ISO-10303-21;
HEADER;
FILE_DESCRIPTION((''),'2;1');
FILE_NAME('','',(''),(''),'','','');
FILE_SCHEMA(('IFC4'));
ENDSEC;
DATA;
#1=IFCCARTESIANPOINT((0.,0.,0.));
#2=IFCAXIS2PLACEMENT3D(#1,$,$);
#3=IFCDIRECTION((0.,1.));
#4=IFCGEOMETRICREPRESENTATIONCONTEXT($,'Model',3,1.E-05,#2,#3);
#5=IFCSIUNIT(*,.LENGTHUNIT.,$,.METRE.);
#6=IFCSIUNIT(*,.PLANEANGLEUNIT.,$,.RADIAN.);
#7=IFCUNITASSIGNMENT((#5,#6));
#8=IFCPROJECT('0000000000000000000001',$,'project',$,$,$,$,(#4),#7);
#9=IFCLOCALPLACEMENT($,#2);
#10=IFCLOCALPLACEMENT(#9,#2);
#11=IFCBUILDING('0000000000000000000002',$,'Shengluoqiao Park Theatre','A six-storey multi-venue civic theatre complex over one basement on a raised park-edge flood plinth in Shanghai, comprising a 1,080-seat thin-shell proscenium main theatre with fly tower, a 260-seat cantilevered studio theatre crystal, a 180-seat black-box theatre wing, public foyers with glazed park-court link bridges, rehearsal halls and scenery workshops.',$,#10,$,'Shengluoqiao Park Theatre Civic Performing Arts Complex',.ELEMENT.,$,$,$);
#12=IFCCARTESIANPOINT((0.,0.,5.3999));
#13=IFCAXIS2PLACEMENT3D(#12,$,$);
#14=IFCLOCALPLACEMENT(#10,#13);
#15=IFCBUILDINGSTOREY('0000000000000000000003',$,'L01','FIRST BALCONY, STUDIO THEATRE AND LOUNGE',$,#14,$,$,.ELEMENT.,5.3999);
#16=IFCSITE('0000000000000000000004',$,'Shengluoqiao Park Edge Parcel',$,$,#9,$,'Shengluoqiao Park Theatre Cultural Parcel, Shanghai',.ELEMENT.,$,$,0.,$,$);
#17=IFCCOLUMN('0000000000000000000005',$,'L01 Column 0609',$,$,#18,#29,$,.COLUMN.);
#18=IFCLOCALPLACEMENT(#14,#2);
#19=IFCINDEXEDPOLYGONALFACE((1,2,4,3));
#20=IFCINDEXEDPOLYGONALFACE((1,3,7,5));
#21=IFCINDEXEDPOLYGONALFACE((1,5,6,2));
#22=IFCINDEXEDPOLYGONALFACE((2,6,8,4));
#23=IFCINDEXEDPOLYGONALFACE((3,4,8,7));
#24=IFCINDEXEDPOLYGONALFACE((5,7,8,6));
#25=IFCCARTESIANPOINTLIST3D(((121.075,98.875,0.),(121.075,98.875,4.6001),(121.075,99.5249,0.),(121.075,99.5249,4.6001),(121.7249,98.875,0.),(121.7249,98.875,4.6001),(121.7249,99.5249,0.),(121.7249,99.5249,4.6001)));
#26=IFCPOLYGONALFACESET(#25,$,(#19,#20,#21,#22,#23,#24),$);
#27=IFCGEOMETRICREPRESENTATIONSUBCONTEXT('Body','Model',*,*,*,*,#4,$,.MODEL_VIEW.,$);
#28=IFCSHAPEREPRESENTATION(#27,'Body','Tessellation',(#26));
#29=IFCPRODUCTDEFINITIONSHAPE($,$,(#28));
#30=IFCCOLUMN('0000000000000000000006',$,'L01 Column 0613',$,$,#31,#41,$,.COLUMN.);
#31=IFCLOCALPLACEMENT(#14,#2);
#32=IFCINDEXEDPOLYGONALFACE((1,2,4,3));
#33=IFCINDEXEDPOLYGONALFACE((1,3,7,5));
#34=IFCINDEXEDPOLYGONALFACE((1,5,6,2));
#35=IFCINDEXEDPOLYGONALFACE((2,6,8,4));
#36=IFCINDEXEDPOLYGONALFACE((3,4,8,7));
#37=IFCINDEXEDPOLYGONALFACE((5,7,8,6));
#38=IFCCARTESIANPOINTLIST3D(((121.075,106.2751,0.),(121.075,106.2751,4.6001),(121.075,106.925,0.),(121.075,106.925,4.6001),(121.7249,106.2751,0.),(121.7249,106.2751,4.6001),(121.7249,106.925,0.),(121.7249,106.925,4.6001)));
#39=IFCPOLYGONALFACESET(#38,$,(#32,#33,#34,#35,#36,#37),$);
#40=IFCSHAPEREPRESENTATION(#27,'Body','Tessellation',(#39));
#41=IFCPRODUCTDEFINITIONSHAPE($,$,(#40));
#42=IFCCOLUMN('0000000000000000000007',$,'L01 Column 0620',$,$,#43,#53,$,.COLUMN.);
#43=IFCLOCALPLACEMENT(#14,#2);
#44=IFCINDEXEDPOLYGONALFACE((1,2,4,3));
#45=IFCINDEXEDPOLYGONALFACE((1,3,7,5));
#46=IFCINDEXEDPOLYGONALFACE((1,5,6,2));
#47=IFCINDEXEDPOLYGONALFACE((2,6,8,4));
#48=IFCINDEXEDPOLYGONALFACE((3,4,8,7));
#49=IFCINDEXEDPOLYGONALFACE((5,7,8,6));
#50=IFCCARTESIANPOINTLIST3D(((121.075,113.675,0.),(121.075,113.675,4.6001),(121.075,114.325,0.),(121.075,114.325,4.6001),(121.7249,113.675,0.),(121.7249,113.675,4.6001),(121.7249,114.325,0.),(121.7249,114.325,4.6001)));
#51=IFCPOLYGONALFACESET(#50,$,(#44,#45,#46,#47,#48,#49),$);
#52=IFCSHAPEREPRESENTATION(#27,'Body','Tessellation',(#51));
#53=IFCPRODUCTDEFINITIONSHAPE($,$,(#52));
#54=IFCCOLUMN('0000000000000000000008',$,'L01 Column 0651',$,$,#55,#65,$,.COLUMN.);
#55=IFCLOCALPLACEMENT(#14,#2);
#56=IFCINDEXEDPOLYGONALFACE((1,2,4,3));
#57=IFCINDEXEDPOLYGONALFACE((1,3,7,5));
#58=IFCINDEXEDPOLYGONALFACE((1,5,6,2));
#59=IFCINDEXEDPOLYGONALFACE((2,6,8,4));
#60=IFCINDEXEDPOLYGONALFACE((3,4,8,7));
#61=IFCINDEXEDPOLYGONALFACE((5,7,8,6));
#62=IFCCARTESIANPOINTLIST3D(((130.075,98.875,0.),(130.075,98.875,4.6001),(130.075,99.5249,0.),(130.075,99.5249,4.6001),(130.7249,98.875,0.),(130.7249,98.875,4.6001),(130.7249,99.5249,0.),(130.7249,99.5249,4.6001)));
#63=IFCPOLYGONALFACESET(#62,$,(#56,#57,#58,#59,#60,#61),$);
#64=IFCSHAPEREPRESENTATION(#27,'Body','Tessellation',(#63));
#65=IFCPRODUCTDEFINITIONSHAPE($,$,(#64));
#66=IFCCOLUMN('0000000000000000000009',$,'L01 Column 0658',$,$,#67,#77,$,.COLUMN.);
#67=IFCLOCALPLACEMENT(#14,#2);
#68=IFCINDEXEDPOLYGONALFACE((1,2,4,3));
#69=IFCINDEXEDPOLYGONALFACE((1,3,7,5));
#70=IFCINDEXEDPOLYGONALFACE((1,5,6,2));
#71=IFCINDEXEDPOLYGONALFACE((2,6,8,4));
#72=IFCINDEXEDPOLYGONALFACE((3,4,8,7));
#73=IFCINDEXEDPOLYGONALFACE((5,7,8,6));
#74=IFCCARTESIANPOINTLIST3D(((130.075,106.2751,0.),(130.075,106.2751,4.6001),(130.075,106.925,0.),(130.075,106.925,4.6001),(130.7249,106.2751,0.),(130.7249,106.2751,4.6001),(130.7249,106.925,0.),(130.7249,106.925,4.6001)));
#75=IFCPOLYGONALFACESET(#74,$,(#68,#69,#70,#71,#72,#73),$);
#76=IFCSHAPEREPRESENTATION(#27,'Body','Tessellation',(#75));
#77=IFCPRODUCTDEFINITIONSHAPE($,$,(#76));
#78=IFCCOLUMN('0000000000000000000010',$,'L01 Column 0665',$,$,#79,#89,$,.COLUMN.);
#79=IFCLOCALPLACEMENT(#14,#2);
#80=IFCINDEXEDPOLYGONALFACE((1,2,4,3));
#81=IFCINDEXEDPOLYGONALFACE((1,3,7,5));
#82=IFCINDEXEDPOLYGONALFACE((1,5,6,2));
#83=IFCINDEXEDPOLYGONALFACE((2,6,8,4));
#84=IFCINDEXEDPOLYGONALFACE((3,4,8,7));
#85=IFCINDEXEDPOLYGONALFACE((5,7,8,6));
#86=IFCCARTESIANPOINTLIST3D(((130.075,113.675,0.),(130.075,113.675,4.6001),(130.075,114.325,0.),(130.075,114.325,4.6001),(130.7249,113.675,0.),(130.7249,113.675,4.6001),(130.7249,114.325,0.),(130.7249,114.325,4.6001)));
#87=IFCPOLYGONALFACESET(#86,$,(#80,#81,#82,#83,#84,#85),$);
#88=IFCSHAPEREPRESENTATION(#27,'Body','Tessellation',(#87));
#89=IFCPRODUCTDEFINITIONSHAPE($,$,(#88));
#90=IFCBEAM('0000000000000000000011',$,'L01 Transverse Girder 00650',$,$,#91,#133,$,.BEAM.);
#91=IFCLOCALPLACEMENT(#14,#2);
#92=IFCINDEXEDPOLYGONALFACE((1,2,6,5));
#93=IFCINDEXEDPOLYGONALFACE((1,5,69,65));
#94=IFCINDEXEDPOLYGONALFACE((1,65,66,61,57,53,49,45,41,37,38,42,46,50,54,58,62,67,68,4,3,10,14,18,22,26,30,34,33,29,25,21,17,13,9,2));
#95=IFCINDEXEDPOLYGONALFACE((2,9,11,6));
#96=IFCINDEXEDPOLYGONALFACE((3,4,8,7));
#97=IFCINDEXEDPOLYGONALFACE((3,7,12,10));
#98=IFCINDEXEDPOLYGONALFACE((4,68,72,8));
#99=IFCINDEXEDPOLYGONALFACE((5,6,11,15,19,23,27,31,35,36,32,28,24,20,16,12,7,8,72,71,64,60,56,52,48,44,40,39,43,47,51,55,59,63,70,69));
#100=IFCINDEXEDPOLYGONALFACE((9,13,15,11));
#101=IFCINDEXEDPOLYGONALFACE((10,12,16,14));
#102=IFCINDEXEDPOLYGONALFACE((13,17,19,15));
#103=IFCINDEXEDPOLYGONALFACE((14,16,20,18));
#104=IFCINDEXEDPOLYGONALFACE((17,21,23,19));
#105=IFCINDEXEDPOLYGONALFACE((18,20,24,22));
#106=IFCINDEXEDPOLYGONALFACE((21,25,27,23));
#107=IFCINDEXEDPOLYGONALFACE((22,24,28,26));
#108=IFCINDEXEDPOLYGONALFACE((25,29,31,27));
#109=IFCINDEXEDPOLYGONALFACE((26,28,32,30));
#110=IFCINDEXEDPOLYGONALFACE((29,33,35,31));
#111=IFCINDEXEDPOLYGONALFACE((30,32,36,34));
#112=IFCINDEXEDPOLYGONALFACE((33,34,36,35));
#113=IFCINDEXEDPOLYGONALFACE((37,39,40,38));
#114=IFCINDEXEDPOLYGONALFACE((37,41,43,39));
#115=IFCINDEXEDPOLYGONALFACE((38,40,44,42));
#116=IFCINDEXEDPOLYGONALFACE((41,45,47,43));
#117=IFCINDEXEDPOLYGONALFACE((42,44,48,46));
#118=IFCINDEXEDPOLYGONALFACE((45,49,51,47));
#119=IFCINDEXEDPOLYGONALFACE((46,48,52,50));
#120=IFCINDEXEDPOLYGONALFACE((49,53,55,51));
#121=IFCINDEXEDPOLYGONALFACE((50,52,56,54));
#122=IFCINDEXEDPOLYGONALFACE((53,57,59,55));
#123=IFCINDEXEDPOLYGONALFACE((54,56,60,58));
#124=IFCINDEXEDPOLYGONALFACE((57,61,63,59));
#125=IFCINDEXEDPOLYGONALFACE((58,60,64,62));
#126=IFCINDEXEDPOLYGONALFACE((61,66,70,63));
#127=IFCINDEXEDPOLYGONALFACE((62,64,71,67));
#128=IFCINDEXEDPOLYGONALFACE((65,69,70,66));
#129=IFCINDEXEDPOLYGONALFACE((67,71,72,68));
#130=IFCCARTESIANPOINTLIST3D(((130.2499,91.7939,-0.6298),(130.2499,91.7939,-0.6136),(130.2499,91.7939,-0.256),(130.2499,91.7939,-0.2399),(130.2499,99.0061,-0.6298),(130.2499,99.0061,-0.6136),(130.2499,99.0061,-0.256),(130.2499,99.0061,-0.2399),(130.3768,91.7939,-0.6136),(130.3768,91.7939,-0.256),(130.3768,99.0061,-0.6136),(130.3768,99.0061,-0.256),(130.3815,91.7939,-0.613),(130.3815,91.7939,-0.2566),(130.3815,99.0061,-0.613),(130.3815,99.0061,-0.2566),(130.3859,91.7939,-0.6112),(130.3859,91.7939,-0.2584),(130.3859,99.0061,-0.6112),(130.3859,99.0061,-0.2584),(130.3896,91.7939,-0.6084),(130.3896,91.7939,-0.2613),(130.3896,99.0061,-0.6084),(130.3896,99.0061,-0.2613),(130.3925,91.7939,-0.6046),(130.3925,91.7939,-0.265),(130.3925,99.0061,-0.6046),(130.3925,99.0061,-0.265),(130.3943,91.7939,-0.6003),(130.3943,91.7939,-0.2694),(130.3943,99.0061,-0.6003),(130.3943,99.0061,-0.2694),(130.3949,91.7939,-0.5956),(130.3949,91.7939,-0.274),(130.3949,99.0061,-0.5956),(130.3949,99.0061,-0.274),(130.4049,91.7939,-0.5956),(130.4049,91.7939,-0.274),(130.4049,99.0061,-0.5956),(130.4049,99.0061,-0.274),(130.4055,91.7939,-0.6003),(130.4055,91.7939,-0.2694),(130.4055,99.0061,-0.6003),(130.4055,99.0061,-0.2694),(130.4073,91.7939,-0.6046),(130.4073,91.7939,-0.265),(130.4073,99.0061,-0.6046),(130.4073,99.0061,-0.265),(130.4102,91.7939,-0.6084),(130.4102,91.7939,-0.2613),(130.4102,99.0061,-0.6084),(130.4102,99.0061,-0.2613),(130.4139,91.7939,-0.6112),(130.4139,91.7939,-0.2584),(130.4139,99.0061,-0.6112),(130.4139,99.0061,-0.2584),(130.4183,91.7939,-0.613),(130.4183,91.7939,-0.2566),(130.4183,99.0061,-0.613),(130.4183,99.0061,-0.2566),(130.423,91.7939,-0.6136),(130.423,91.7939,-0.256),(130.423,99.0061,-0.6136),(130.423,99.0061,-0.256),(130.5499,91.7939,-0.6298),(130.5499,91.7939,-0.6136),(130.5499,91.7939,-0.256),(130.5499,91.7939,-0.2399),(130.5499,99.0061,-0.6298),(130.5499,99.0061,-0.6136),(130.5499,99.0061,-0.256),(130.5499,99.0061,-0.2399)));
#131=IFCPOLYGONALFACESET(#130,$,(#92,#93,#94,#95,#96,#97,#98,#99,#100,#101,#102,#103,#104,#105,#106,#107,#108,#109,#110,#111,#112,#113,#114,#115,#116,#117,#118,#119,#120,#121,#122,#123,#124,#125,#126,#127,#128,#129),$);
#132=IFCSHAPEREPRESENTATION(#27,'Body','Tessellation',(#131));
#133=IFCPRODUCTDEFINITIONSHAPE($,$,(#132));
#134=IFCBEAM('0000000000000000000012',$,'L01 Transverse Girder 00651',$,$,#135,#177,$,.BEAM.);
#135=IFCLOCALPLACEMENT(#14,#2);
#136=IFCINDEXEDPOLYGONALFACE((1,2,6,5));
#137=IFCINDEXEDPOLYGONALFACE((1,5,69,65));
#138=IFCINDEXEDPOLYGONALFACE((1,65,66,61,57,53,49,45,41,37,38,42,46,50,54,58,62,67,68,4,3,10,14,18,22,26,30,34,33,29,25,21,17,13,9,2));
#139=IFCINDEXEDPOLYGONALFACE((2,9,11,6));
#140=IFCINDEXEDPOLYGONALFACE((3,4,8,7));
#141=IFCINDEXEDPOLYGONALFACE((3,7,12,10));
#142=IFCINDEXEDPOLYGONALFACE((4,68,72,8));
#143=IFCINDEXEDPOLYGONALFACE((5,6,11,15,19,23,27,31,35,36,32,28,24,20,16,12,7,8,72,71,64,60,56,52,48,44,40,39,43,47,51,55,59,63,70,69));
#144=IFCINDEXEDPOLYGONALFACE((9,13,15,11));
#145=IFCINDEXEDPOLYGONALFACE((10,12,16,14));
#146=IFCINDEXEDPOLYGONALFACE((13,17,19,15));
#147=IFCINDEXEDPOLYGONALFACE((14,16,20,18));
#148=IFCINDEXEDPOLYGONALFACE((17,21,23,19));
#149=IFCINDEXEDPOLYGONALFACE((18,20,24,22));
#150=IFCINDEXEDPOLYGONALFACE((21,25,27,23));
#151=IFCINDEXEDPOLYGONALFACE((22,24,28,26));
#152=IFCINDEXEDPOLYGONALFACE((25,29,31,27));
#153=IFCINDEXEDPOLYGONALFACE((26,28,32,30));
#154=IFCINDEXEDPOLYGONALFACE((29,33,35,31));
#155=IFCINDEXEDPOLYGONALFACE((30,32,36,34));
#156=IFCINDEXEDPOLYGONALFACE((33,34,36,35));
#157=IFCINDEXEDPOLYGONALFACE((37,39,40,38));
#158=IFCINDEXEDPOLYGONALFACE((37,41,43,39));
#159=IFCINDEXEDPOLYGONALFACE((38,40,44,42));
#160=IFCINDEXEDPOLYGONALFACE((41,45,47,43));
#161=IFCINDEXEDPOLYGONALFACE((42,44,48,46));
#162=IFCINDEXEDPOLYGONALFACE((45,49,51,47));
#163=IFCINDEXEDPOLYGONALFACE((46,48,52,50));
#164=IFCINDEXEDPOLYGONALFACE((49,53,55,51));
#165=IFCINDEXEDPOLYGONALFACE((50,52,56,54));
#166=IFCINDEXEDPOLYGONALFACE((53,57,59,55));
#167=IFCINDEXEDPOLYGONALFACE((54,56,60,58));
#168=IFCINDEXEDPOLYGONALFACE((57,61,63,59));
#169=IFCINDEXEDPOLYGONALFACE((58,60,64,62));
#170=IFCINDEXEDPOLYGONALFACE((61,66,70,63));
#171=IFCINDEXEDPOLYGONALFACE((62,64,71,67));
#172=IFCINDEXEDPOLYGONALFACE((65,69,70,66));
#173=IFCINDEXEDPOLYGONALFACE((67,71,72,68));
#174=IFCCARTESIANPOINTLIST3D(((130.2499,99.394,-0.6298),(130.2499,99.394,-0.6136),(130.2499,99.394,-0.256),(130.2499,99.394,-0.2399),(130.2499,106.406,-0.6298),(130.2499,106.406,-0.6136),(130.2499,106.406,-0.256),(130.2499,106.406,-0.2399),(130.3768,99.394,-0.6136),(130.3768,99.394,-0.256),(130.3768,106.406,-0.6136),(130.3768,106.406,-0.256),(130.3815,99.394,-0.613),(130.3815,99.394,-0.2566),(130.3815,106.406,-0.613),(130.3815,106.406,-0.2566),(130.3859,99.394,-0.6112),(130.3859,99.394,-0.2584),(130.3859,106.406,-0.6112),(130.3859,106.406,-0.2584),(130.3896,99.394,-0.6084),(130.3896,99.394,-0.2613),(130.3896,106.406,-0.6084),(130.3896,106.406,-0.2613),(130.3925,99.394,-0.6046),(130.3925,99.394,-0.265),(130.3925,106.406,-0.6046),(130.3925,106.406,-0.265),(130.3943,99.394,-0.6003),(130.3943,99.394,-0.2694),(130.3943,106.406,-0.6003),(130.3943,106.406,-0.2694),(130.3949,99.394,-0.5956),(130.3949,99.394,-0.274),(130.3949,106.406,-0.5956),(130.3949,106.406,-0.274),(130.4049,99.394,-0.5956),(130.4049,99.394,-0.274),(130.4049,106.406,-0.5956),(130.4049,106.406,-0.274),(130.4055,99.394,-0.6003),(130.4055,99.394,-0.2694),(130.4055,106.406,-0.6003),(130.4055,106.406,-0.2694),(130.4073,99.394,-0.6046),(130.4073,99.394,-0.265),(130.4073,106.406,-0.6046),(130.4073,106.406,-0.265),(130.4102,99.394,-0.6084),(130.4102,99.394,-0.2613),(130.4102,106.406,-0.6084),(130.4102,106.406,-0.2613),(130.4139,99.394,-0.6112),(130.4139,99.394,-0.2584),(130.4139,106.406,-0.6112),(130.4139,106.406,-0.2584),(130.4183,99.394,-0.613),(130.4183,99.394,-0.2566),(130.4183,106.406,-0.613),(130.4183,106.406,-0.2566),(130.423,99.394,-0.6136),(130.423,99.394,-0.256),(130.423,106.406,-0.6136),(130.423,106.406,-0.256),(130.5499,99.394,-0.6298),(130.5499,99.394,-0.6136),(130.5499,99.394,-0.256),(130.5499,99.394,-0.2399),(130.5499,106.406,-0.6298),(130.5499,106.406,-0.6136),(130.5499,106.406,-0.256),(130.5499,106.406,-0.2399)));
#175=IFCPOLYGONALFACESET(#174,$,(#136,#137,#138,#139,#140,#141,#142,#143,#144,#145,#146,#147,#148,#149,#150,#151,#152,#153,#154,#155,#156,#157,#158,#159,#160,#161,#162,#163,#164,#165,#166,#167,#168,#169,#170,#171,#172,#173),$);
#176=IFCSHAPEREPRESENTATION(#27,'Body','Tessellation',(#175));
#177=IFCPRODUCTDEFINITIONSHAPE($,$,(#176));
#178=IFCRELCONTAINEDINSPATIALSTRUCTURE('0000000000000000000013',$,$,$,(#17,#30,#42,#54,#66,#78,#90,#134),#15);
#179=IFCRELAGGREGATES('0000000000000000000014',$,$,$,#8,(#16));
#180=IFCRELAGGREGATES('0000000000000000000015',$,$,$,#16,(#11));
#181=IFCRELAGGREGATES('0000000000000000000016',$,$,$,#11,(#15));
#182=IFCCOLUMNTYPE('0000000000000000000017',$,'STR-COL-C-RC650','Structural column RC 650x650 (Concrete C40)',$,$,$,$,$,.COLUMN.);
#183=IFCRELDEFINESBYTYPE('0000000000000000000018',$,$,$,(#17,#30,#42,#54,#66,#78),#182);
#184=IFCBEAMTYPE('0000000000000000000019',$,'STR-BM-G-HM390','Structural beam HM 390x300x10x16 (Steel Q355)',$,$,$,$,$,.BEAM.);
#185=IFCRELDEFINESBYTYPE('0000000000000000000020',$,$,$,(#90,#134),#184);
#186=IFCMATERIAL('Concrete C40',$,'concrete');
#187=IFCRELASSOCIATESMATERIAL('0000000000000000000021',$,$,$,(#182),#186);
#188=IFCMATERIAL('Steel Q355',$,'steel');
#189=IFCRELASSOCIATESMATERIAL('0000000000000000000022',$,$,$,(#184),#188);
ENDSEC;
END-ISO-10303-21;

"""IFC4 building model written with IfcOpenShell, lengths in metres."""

from ifc_helpers import new_model, si_unit, direction, frame, origin, origin_2d, place, context, subcontext, project, spatial, rectangle, i_section, extrude, material, material_profile, profile_set, type_object, element, save


model = new_model("IFC4")

# Units and contexts
model_context = context("Model", 3, precision=1e-05, world=origin(), true_north=direction((0.0, 1.0)))
body_context = subcontext(model_context, "Body", "Model", "MODEL_VIEW")
ifc_project = project(units=[si_unit("LENGTHUNIT", "METRE"), si_unit("PLANEANGLEUNIT", "RADIAN")], contexts=[model_context])

# Site, building, storey
site_placement = place(None, origin())
site = spatial("IfcSite", under=ifc_project, at=site_placement, Name="Shengluoqiao Park Edge Parcel", LongName="Shengluoqiao Park Theatre Cultural Parcel, Shanghai", CompositionType="ELEMENT", RefElevation=0.0)
building_placement = place(site_placement, origin())
building = spatial("IfcBuilding", under=site, at=building_placement, Name="Shengluoqiao Park Theatre", Description="A six-storey multi-venue civic theatre complex over one basement on a raised park-edge flood plinth in Shanghai, comprising a 1,080-seat thin-shell proscenium main theatre with fly tower, a 260-seat cantilevered studio theatre crystal, a 180-seat black-box theatre wing, public foyers with glazed park-court link bridges, rehearsal halls and scenery workshops.", LongName="Shengluoqiao Park Theatre Civic Performing Arts Complex", CompositionType="ELEMENT")
storey_placement = place(building_placement, frame((0.0, 0.0, 5.3999)))
storey = spatial("IfcBuildingStorey", under=building, at=storey_placement, Name="L01", Description="FIRST BALCONY, STUDIO THEATRE AND LOUNGE", CompositionType="ELEMENT", Elevation=5.3999)

# Columns
ifc_material_1 = material(Name="Concrete C40", Category="concrete")
ifc_material_profile_1 = material_profile(ifc_material_1, rectangle(XDim=0.6499, YDim=0.6499, at=origin_2d()), Name="RC 650x650")
ifc_profile_set_1 = profile_set([ifc_material_profile_1], Name="Concrete C40")
column_type = type_object("IfcColumnType", Name="STR-COL-C-RC650", Description="Structural column RC 650x650 (Concrete C40)", PredefinedType="COLUMN", material=ifc_profile_set_1)
for number, where, z_axis, x_axis, name in (
    (1, (121.3999, 99.2, 0.0), (0.0, 0.0, 1.0), (1.0, 0.0, 0.0), "L01 Column 0609"),
    (2, (121.3999, 106.6001, 0.0), (0.0, 0.0, 1.0), (1.0, 0.0, 0.0), "L01 Column 0613"),
    (3, (121.3999, 114.0, 0.0), (0.0, 0.0, 1.0), (1.0, 0.0, 0.0), "L01 Column 0620"),
    (4, (130.3999, 99.2, 0.0), (0.0, 0.0, 1.0), (1.0, 0.0, 0.0), "L01 Column 0651"),
    (5, (130.3999, 106.6001, 0.0), (0.0, 0.0, 1.0), (1.0, 0.0, 0.0), "L01 Column 0658"),
    (6, (130.3999, 114.0, 0.0), (0.0, 0.0, 1.0), (1.0, 0.0, 0.0), "L01 Column 0665"),
):
    element("IfcColumn", number, at=place(storey_placement, frame(where, z_axis=z_axis, x_axis=x_axis)), inside=storey, type_object=column_type, Name=name, PredefinedType="COLUMN", context=body_context, shape_type="SweptSolid", body=[
        extrude(rectangle(XDim=0.6499, YDim=0.6499, at=origin_2d()), origin(), (0.0, 0.0, 1.0), 4.6001),
    ])

# Beams
ifc_material_2 = material(Name="Steel Q355", Category="steel")
ifc_material_profile_2 = material_profile(ifc_material_2, i_section(OverallWidth=0.3, OverallDepth=0.3899, WebThickness=0.01, FlangeThickness=0.0161, FilletRadius=0.0181, at=origin_2d()), Name="HM 390x300x10x16")
ifc_profile_set_2 = profile_set([ifc_material_profile_2], Name="Steel Q355")
beam_type_1 = type_object("IfcBeamType", Name="STR-BM-G-HM390", Description="Structural beam HM 390x300x10x16 (Steel Q355)", PredefinedType="BEAM", material=ifc_profile_set_2)
beam_placement = place(storey_placement, frame((130.3999, 91.7939, -0.4348), z_axis=(0.0, 1.0, 0.0), x_axis=(-1.0, 0.0, 0.0)))
element("IfcBeam", 7, at=beam_placement, inside=storey, type_object=beam_type_1, Name="L01 Transverse Girder 00650", PredefinedType="BEAM", context=body_context, shape_type="SweptSolid", body=[
    extrude(i_section(OverallWidth=0.3, OverallDepth=0.3899, WebThickness=0.01, FlangeThickness=0.0161, FilletRadius=0.0181, at=origin_2d()), origin(), (0.0, 0.0, 1.0), 7.2122),
])
for number, where, z_axis, x_axis, name in (
    (8, (130.3999, 99.394, -0.4348), (0.0, 1.0, 0.0), (-1.0, 0.0, 0.0), "L01 Transverse Girder 00651"),
):
    element("IfcBeam", number, at=place(storey_placement, frame(where, z_axis=z_axis, x_axis=x_axis)), inside=storey, type_object=beam_type_1, Name=name, PredefinedType="BEAM", context=body_context, shape_type="SweptSolid", body=[
        extrude(i_section(OverallWidth=0.3, OverallDepth=0.3899, WebThickness=0.01, FlangeThickness=0.0161, FilletRadius=0.0181, at=origin_2d()), origin(), (0.0, 0.0, 1.0), 7.012),
    ])

save(model, "model.ifc")
